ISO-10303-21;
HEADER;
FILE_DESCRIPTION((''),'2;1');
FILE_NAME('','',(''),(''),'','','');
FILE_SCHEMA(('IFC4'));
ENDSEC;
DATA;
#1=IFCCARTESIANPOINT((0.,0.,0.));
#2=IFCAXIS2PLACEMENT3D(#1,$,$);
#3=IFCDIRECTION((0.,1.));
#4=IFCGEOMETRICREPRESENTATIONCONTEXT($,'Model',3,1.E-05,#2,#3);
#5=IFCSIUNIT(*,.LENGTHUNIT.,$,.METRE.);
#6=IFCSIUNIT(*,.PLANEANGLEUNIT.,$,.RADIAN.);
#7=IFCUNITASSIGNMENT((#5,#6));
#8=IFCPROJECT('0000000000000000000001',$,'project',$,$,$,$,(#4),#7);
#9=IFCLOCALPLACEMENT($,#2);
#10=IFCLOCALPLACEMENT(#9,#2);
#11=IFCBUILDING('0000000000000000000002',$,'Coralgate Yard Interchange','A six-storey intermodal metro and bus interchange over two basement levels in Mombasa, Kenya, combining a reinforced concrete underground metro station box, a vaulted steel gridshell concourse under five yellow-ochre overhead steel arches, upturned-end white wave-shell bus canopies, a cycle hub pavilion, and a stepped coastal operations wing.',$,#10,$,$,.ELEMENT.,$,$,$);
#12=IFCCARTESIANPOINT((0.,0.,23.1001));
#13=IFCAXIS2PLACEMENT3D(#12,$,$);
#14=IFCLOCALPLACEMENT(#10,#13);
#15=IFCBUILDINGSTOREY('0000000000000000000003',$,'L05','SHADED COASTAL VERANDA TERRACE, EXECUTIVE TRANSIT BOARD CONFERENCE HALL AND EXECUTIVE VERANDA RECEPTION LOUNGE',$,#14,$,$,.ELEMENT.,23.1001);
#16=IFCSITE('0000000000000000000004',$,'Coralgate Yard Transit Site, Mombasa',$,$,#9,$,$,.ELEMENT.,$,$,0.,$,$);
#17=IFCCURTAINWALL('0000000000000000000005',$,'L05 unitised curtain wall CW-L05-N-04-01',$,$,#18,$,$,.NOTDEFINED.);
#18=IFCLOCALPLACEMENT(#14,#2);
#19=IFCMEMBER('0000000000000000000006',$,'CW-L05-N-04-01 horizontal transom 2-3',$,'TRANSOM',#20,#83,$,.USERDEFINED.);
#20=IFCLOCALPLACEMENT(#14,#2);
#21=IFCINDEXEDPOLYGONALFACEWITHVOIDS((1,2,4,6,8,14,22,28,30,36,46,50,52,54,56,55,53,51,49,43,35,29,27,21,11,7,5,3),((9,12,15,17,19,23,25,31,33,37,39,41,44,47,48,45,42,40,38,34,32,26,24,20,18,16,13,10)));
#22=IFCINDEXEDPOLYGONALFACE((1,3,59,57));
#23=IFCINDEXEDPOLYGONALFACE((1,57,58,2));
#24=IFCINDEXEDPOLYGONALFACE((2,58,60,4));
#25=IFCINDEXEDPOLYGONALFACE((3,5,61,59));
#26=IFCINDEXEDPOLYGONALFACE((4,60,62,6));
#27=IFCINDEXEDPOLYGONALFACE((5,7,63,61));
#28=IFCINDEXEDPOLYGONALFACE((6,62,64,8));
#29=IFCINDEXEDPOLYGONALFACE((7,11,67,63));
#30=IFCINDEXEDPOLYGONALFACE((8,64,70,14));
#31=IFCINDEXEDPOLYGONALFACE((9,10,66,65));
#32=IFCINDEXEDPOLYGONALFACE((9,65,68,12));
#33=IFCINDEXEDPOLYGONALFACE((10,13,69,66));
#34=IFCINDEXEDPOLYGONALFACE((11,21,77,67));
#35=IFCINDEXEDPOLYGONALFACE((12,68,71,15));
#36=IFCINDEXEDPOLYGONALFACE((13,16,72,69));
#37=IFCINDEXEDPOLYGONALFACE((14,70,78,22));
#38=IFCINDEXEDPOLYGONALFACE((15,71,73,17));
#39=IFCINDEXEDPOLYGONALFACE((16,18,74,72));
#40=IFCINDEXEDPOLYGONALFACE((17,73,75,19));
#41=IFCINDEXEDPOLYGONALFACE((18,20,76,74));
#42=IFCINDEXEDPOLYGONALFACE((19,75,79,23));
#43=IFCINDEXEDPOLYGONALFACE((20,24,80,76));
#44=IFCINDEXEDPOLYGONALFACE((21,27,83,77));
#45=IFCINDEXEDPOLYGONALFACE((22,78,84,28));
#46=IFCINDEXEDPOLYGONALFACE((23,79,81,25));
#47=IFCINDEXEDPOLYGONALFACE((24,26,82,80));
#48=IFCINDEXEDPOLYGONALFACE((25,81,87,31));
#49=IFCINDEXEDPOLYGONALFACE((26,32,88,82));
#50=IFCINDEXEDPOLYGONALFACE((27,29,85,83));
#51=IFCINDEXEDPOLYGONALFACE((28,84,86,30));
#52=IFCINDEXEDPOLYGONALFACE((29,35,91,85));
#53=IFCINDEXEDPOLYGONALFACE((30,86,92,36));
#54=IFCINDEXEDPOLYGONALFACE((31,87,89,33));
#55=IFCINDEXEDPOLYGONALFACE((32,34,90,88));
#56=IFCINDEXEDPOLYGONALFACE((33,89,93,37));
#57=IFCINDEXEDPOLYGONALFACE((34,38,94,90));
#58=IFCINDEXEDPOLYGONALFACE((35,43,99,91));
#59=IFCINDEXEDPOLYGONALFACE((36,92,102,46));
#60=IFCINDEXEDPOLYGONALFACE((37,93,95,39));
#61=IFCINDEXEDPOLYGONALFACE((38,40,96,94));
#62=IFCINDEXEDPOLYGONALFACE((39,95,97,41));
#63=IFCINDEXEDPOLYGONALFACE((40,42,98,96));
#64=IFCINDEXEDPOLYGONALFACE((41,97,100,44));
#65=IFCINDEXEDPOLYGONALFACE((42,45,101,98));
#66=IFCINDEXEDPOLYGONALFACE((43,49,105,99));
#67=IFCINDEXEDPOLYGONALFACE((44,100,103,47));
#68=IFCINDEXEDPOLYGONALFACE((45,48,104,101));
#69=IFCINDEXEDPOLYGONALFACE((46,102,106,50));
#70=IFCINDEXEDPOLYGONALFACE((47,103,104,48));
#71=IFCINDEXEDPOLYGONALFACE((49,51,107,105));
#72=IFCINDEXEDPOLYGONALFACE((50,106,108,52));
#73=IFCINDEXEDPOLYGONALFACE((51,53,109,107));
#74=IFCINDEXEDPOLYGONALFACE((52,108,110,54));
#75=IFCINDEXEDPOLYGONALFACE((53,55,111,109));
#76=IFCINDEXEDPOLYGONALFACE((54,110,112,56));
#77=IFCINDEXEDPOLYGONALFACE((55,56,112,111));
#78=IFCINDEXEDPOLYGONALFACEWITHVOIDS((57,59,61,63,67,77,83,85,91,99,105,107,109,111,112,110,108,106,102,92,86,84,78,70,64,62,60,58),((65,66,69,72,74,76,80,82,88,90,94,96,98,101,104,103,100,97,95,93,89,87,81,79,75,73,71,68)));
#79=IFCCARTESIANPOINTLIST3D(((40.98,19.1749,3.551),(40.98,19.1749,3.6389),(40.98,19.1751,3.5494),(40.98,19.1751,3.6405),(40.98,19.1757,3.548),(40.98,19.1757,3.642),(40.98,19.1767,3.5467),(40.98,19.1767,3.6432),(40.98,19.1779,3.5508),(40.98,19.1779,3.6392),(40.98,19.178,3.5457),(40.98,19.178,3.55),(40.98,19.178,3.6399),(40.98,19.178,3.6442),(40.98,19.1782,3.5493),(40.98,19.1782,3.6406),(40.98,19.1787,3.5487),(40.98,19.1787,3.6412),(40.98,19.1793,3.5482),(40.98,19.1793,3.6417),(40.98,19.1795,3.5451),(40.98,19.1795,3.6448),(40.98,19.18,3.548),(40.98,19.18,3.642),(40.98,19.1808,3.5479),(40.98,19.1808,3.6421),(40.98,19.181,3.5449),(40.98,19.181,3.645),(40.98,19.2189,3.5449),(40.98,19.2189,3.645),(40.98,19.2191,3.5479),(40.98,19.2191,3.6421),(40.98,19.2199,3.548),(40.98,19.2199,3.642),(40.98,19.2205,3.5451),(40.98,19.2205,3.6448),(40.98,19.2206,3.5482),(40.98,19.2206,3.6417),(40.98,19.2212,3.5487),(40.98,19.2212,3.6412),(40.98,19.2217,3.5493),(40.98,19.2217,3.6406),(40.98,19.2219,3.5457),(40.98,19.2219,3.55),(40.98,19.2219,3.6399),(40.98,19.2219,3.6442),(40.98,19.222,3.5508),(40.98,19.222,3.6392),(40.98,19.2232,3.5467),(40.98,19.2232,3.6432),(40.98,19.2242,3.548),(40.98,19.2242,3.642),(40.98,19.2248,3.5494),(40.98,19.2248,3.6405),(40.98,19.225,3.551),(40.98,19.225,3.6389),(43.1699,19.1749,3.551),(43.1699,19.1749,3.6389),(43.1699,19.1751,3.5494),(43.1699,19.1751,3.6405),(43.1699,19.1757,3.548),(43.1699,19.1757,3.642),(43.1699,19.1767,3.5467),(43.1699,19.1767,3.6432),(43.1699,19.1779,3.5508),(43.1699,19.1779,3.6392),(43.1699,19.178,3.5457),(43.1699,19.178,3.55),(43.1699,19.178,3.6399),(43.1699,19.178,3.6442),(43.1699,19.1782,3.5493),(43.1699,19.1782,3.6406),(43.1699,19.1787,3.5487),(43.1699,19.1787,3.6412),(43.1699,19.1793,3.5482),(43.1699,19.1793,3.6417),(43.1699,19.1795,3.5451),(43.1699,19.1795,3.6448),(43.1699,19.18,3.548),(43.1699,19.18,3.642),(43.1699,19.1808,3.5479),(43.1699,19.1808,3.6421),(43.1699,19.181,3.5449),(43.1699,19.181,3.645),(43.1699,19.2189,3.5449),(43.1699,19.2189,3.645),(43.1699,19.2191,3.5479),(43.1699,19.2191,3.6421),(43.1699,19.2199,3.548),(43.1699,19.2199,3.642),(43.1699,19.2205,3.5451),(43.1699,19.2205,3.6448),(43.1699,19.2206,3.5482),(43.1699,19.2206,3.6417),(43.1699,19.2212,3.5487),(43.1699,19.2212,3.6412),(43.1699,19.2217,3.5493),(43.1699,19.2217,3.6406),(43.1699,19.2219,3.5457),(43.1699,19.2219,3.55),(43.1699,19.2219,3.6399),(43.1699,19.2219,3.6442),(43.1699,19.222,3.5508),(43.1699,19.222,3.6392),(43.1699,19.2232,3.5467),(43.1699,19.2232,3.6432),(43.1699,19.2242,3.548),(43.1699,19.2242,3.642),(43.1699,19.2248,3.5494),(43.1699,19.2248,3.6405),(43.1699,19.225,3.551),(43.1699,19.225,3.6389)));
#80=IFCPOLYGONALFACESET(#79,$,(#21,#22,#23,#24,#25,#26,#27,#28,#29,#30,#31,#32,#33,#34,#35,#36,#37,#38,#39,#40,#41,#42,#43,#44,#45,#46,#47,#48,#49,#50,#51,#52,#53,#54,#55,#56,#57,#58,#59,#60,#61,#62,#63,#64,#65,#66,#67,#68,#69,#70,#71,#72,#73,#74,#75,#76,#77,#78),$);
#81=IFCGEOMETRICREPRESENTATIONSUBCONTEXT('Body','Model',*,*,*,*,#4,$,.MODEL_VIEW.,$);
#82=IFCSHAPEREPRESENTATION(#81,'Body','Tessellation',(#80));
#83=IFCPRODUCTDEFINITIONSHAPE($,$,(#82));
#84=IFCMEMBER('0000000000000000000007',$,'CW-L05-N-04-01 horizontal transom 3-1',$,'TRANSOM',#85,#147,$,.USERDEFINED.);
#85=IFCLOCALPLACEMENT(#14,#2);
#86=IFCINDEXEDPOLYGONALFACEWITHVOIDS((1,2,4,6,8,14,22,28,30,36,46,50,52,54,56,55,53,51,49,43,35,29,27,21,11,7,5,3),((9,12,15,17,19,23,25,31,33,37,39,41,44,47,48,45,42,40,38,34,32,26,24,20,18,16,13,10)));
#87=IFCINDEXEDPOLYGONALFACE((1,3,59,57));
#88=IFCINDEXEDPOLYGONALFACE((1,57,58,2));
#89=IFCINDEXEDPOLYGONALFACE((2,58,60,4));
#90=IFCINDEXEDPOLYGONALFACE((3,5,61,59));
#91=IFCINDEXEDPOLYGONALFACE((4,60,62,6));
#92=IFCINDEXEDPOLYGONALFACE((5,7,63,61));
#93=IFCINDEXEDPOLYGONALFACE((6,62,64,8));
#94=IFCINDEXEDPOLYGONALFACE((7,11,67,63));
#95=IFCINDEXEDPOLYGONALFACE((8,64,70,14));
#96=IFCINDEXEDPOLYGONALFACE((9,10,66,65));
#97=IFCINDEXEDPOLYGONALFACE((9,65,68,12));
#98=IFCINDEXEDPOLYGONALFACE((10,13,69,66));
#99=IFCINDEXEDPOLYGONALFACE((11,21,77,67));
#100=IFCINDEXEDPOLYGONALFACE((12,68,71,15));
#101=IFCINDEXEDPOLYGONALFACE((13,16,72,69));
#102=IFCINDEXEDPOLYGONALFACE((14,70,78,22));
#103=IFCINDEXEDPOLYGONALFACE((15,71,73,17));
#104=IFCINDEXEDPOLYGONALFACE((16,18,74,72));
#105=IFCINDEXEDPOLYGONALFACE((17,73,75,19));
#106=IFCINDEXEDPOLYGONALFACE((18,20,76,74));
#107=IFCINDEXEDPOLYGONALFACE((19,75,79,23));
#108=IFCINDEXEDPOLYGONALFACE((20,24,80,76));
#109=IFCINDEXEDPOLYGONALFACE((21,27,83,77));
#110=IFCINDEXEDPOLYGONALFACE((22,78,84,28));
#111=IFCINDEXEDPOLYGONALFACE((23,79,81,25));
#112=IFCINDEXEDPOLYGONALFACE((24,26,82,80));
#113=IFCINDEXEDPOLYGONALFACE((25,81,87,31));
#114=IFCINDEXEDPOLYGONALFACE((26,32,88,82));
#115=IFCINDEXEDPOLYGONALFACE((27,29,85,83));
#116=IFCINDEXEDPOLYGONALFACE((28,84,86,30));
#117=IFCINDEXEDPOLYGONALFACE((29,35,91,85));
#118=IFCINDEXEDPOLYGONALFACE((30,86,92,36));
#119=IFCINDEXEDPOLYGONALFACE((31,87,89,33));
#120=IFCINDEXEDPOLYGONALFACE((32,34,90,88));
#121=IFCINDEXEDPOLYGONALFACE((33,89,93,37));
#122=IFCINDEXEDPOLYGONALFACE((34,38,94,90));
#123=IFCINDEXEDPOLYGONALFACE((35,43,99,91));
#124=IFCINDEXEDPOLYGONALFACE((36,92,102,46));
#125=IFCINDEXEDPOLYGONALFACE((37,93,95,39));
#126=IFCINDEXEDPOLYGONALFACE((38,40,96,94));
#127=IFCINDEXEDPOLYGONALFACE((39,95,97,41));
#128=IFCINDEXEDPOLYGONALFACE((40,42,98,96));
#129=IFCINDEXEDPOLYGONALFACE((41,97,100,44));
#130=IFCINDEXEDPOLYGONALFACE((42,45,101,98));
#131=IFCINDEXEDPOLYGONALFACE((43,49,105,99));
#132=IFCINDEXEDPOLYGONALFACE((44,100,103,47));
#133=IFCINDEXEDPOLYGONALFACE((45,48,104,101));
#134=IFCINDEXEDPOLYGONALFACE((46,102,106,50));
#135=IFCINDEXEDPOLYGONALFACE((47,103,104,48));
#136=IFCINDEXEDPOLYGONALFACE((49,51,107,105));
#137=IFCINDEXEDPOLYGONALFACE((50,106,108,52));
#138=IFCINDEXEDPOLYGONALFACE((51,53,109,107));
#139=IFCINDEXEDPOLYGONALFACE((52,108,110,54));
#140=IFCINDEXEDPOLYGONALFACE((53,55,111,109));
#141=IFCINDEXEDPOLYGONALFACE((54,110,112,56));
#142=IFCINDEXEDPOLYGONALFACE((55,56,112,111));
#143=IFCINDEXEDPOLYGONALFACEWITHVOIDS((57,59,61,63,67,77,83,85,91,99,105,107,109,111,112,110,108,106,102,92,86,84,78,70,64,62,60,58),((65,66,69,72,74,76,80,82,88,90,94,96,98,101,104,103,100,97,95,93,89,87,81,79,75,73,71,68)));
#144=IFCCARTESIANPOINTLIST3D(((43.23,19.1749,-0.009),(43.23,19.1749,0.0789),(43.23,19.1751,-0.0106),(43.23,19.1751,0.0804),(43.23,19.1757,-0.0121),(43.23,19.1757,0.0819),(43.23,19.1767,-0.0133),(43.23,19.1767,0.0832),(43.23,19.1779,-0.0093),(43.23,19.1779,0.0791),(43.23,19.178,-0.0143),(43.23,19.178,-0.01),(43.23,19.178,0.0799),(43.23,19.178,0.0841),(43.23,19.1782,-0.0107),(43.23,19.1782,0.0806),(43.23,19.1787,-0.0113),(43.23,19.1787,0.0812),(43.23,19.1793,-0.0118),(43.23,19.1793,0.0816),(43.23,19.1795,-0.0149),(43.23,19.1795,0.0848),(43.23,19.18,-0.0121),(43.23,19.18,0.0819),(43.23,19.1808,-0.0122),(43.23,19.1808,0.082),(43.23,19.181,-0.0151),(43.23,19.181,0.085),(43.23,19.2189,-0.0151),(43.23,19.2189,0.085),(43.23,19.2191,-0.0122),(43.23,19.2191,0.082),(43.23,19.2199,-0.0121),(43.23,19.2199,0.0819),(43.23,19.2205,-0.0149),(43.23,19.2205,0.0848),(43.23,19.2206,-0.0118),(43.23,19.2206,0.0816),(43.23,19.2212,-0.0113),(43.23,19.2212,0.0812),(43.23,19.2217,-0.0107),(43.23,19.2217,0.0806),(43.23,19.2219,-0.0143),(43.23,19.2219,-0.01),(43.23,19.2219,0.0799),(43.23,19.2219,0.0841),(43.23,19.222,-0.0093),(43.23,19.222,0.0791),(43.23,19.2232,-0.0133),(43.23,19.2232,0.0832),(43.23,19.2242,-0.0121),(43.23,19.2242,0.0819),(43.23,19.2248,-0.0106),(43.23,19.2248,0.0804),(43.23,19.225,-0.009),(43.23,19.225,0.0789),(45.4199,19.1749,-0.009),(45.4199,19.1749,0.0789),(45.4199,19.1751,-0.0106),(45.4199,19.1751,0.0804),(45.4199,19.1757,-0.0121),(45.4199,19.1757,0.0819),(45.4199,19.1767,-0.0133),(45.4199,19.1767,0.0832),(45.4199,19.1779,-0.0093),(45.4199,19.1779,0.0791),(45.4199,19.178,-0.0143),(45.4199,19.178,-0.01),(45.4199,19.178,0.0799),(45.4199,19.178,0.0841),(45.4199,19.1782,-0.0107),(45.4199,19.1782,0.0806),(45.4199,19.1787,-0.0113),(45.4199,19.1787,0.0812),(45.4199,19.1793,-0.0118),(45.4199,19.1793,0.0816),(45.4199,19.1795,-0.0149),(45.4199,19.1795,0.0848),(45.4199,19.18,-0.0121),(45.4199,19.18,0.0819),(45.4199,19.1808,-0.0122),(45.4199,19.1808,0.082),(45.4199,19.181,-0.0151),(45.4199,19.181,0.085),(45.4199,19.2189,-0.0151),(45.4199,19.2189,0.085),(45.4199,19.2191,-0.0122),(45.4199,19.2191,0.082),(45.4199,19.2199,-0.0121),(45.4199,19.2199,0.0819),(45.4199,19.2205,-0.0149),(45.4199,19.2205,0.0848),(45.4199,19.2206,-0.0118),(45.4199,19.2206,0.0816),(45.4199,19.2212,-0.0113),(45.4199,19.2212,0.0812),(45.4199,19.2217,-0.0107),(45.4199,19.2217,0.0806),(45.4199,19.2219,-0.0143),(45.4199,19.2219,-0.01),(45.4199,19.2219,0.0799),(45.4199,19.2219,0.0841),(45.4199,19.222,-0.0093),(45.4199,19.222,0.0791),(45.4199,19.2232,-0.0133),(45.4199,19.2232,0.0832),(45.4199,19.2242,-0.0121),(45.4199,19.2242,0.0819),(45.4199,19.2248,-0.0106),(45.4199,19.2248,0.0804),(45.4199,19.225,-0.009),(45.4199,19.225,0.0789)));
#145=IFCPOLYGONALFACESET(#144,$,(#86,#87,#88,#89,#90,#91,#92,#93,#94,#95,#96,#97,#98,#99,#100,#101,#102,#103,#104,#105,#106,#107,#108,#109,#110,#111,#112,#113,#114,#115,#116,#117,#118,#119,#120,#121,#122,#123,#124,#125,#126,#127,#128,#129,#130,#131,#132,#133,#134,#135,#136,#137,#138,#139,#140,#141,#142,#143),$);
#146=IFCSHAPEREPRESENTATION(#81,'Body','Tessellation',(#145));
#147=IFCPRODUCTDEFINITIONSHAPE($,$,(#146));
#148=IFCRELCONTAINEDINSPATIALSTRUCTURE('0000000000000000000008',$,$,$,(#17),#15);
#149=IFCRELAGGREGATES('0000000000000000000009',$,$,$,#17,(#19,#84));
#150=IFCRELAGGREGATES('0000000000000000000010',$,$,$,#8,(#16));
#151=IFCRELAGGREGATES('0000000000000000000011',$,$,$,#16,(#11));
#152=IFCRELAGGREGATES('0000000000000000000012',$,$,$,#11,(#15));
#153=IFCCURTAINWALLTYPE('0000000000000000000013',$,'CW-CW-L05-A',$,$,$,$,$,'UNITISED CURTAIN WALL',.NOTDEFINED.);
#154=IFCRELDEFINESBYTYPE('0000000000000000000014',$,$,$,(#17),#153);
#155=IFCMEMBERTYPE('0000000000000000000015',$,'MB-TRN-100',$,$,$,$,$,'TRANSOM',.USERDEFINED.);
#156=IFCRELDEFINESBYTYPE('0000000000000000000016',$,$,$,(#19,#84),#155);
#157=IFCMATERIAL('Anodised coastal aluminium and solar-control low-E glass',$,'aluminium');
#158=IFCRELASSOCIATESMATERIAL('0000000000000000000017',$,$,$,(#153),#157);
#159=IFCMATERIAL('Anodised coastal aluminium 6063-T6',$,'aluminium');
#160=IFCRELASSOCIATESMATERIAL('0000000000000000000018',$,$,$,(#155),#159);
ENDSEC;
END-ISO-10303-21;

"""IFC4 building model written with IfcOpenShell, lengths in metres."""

from ifc_helpers import new_model, si_unit, direction, frame, origin, origin_2d, place, context, subcontext, project, spatial, hollow_rectangle, extrude, material, material_profile, profile_set, type_object, element, aggregate, save


model = new_model("IFC4")

# Units and contexts
model_context = context("Model", 3, precision=1e-05, world=origin(), true_north=direction((0.0, 1.0)))
body_context = subcontext(model_context, "Body", "Model", "MODEL_VIEW")
ifc_project = project(units=[si_unit("LENGTHUNIT", "METRE"), si_unit("PLANEANGLEUNIT", "RADIAN")], contexts=[model_context])

# Site, building, storey
site_placement = place(None, origin())
site = spatial("IfcSite", under=ifc_project, at=site_placement, Name="Coralgate Yard Transit Site, Mombasa", CompositionType="ELEMENT", RefElevation=0.0)
building_placement = place(site_placement, origin())
building = spatial("IfcBuilding", under=site, at=building_placement, Name="Coralgate Yard Interchange", Description="A six-storey intermodal metro and bus interchange over two basement levels in Mombasa, Kenya, combining a reinforced concrete underground metro station box, a vaulted steel gridshell concourse under five yellow-ochre overhead steel arches, upturned-end white wave-shell bus canopies, a cycle hub pavilion, and a stepped coastal operations wing.", CompositionType="ELEMENT")
storey_placement = place(building_placement, frame((0.0, 0.0, 23.1001)))
storey = spatial("IfcBuildingStorey", under=building, at=storey_placement, Name="L05", Description="SHADED COASTAL VERANDA TERRACE, EXECUTIVE TRANSIT BOARD CONFERENCE HALL AND EXECUTIVE VERANDA RECEPTION LOUNGE", CompositionType="ELEMENT", Elevation=23.1001)

# Curtain wall, members
ifc_material_1 = material(Name="Anodised coastal aluminium and solar-control low-E glass", Category="aluminium")
curtain_wall_type = type_object("IfcCurtainWallType", Name="CW-CW-L05-A", ElementType="UNITISED CURTAIN WALL", PredefinedType="NOTDEFINED", material=ifc_material_1)
curtain_wall_placement = place(storey_placement, origin())
curtain_wall = element("IfcCurtainWall", 1, at=curtain_wall_placement, inside=storey, type_object=curtain_wall_type, Name="L05 unitised curtain wall CW-L05-N-04-01", PredefinedType="NOTDEFINED")
ifc_material_2 = material(Name="Anodised coastal aluminium 6063-T6", Category="aluminium")
ifc_material_profile_1 = material_profile(ifc_material_2, hollow_rectangle(XDim=0.05, YDim=0.1001, WallThickness=0.0029, InnerFilletRadius=0.0029, OuterFilletRadius=0.0061, at=origin_2d()), Name="ALU 50x100x3")
ifc_profile_set_1 = profile_set([ifc_material_profile_1], Name="Anodised coastal aluminium 6063-T6")
member_type_1 = type_object("IfcMemberType", Name="MB-TRN-100", ElementType="TRANSOM", PredefinedType="USERDEFINED", material=ifc_profile_set_1)
member_1_placement = place(storey_placement, frame((40.98, 19.2, 3.595), z_axis=(1.0, 0.0, 0.0), x_axis=(0.0, 1.0, 0.0)))
member_1 = element("IfcMember", 2, at=member_1_placement, type_object=member_type_1, Name="CW-L05-N-04-01 horizontal transom 2-3", ObjectType="TRANSOM", PredefinedType="USERDEFINED", context=body_context, shape_type="SweptSolid", body=[
    extrude(hollow_rectangle(XDim=0.05, YDim=0.1001, WallThickness=0.0029, InnerFilletRadius=0.0029, OuterFilletRadius=0.0061, at=origin_2d()), origin(), (0.0, 0.0, 1.0), 2.1899),
])
member_2_placement = place(storey_placement, frame((43.23, 19.2, 0.0349), z_axis=(1.0, 0.0, 0.0), x_axis=(0.0, 1.0, 0.0)))
member_2 = element("IfcMember", 3, at=member_2_placement, type_object=member_type_1, Name="CW-L05-N-04-01 horizontal transom 3-1", ObjectType="TRANSOM", PredefinedType="USERDEFINED", context=body_context, shape_type="SweptSolid", body=[
    extrude(hollow_rectangle(XDim=0.05, YDim=0.1001, WallThickness=0.0029, InnerFilletRadius=0.0029, OuterFilletRadius=0.0061, at=origin_2d()), origin(), (0.0, 0.0, 1.0), 2.1899),
])
aggregate(curtain_wall, [member_1, member_2])

save(model, "model.ifc")
